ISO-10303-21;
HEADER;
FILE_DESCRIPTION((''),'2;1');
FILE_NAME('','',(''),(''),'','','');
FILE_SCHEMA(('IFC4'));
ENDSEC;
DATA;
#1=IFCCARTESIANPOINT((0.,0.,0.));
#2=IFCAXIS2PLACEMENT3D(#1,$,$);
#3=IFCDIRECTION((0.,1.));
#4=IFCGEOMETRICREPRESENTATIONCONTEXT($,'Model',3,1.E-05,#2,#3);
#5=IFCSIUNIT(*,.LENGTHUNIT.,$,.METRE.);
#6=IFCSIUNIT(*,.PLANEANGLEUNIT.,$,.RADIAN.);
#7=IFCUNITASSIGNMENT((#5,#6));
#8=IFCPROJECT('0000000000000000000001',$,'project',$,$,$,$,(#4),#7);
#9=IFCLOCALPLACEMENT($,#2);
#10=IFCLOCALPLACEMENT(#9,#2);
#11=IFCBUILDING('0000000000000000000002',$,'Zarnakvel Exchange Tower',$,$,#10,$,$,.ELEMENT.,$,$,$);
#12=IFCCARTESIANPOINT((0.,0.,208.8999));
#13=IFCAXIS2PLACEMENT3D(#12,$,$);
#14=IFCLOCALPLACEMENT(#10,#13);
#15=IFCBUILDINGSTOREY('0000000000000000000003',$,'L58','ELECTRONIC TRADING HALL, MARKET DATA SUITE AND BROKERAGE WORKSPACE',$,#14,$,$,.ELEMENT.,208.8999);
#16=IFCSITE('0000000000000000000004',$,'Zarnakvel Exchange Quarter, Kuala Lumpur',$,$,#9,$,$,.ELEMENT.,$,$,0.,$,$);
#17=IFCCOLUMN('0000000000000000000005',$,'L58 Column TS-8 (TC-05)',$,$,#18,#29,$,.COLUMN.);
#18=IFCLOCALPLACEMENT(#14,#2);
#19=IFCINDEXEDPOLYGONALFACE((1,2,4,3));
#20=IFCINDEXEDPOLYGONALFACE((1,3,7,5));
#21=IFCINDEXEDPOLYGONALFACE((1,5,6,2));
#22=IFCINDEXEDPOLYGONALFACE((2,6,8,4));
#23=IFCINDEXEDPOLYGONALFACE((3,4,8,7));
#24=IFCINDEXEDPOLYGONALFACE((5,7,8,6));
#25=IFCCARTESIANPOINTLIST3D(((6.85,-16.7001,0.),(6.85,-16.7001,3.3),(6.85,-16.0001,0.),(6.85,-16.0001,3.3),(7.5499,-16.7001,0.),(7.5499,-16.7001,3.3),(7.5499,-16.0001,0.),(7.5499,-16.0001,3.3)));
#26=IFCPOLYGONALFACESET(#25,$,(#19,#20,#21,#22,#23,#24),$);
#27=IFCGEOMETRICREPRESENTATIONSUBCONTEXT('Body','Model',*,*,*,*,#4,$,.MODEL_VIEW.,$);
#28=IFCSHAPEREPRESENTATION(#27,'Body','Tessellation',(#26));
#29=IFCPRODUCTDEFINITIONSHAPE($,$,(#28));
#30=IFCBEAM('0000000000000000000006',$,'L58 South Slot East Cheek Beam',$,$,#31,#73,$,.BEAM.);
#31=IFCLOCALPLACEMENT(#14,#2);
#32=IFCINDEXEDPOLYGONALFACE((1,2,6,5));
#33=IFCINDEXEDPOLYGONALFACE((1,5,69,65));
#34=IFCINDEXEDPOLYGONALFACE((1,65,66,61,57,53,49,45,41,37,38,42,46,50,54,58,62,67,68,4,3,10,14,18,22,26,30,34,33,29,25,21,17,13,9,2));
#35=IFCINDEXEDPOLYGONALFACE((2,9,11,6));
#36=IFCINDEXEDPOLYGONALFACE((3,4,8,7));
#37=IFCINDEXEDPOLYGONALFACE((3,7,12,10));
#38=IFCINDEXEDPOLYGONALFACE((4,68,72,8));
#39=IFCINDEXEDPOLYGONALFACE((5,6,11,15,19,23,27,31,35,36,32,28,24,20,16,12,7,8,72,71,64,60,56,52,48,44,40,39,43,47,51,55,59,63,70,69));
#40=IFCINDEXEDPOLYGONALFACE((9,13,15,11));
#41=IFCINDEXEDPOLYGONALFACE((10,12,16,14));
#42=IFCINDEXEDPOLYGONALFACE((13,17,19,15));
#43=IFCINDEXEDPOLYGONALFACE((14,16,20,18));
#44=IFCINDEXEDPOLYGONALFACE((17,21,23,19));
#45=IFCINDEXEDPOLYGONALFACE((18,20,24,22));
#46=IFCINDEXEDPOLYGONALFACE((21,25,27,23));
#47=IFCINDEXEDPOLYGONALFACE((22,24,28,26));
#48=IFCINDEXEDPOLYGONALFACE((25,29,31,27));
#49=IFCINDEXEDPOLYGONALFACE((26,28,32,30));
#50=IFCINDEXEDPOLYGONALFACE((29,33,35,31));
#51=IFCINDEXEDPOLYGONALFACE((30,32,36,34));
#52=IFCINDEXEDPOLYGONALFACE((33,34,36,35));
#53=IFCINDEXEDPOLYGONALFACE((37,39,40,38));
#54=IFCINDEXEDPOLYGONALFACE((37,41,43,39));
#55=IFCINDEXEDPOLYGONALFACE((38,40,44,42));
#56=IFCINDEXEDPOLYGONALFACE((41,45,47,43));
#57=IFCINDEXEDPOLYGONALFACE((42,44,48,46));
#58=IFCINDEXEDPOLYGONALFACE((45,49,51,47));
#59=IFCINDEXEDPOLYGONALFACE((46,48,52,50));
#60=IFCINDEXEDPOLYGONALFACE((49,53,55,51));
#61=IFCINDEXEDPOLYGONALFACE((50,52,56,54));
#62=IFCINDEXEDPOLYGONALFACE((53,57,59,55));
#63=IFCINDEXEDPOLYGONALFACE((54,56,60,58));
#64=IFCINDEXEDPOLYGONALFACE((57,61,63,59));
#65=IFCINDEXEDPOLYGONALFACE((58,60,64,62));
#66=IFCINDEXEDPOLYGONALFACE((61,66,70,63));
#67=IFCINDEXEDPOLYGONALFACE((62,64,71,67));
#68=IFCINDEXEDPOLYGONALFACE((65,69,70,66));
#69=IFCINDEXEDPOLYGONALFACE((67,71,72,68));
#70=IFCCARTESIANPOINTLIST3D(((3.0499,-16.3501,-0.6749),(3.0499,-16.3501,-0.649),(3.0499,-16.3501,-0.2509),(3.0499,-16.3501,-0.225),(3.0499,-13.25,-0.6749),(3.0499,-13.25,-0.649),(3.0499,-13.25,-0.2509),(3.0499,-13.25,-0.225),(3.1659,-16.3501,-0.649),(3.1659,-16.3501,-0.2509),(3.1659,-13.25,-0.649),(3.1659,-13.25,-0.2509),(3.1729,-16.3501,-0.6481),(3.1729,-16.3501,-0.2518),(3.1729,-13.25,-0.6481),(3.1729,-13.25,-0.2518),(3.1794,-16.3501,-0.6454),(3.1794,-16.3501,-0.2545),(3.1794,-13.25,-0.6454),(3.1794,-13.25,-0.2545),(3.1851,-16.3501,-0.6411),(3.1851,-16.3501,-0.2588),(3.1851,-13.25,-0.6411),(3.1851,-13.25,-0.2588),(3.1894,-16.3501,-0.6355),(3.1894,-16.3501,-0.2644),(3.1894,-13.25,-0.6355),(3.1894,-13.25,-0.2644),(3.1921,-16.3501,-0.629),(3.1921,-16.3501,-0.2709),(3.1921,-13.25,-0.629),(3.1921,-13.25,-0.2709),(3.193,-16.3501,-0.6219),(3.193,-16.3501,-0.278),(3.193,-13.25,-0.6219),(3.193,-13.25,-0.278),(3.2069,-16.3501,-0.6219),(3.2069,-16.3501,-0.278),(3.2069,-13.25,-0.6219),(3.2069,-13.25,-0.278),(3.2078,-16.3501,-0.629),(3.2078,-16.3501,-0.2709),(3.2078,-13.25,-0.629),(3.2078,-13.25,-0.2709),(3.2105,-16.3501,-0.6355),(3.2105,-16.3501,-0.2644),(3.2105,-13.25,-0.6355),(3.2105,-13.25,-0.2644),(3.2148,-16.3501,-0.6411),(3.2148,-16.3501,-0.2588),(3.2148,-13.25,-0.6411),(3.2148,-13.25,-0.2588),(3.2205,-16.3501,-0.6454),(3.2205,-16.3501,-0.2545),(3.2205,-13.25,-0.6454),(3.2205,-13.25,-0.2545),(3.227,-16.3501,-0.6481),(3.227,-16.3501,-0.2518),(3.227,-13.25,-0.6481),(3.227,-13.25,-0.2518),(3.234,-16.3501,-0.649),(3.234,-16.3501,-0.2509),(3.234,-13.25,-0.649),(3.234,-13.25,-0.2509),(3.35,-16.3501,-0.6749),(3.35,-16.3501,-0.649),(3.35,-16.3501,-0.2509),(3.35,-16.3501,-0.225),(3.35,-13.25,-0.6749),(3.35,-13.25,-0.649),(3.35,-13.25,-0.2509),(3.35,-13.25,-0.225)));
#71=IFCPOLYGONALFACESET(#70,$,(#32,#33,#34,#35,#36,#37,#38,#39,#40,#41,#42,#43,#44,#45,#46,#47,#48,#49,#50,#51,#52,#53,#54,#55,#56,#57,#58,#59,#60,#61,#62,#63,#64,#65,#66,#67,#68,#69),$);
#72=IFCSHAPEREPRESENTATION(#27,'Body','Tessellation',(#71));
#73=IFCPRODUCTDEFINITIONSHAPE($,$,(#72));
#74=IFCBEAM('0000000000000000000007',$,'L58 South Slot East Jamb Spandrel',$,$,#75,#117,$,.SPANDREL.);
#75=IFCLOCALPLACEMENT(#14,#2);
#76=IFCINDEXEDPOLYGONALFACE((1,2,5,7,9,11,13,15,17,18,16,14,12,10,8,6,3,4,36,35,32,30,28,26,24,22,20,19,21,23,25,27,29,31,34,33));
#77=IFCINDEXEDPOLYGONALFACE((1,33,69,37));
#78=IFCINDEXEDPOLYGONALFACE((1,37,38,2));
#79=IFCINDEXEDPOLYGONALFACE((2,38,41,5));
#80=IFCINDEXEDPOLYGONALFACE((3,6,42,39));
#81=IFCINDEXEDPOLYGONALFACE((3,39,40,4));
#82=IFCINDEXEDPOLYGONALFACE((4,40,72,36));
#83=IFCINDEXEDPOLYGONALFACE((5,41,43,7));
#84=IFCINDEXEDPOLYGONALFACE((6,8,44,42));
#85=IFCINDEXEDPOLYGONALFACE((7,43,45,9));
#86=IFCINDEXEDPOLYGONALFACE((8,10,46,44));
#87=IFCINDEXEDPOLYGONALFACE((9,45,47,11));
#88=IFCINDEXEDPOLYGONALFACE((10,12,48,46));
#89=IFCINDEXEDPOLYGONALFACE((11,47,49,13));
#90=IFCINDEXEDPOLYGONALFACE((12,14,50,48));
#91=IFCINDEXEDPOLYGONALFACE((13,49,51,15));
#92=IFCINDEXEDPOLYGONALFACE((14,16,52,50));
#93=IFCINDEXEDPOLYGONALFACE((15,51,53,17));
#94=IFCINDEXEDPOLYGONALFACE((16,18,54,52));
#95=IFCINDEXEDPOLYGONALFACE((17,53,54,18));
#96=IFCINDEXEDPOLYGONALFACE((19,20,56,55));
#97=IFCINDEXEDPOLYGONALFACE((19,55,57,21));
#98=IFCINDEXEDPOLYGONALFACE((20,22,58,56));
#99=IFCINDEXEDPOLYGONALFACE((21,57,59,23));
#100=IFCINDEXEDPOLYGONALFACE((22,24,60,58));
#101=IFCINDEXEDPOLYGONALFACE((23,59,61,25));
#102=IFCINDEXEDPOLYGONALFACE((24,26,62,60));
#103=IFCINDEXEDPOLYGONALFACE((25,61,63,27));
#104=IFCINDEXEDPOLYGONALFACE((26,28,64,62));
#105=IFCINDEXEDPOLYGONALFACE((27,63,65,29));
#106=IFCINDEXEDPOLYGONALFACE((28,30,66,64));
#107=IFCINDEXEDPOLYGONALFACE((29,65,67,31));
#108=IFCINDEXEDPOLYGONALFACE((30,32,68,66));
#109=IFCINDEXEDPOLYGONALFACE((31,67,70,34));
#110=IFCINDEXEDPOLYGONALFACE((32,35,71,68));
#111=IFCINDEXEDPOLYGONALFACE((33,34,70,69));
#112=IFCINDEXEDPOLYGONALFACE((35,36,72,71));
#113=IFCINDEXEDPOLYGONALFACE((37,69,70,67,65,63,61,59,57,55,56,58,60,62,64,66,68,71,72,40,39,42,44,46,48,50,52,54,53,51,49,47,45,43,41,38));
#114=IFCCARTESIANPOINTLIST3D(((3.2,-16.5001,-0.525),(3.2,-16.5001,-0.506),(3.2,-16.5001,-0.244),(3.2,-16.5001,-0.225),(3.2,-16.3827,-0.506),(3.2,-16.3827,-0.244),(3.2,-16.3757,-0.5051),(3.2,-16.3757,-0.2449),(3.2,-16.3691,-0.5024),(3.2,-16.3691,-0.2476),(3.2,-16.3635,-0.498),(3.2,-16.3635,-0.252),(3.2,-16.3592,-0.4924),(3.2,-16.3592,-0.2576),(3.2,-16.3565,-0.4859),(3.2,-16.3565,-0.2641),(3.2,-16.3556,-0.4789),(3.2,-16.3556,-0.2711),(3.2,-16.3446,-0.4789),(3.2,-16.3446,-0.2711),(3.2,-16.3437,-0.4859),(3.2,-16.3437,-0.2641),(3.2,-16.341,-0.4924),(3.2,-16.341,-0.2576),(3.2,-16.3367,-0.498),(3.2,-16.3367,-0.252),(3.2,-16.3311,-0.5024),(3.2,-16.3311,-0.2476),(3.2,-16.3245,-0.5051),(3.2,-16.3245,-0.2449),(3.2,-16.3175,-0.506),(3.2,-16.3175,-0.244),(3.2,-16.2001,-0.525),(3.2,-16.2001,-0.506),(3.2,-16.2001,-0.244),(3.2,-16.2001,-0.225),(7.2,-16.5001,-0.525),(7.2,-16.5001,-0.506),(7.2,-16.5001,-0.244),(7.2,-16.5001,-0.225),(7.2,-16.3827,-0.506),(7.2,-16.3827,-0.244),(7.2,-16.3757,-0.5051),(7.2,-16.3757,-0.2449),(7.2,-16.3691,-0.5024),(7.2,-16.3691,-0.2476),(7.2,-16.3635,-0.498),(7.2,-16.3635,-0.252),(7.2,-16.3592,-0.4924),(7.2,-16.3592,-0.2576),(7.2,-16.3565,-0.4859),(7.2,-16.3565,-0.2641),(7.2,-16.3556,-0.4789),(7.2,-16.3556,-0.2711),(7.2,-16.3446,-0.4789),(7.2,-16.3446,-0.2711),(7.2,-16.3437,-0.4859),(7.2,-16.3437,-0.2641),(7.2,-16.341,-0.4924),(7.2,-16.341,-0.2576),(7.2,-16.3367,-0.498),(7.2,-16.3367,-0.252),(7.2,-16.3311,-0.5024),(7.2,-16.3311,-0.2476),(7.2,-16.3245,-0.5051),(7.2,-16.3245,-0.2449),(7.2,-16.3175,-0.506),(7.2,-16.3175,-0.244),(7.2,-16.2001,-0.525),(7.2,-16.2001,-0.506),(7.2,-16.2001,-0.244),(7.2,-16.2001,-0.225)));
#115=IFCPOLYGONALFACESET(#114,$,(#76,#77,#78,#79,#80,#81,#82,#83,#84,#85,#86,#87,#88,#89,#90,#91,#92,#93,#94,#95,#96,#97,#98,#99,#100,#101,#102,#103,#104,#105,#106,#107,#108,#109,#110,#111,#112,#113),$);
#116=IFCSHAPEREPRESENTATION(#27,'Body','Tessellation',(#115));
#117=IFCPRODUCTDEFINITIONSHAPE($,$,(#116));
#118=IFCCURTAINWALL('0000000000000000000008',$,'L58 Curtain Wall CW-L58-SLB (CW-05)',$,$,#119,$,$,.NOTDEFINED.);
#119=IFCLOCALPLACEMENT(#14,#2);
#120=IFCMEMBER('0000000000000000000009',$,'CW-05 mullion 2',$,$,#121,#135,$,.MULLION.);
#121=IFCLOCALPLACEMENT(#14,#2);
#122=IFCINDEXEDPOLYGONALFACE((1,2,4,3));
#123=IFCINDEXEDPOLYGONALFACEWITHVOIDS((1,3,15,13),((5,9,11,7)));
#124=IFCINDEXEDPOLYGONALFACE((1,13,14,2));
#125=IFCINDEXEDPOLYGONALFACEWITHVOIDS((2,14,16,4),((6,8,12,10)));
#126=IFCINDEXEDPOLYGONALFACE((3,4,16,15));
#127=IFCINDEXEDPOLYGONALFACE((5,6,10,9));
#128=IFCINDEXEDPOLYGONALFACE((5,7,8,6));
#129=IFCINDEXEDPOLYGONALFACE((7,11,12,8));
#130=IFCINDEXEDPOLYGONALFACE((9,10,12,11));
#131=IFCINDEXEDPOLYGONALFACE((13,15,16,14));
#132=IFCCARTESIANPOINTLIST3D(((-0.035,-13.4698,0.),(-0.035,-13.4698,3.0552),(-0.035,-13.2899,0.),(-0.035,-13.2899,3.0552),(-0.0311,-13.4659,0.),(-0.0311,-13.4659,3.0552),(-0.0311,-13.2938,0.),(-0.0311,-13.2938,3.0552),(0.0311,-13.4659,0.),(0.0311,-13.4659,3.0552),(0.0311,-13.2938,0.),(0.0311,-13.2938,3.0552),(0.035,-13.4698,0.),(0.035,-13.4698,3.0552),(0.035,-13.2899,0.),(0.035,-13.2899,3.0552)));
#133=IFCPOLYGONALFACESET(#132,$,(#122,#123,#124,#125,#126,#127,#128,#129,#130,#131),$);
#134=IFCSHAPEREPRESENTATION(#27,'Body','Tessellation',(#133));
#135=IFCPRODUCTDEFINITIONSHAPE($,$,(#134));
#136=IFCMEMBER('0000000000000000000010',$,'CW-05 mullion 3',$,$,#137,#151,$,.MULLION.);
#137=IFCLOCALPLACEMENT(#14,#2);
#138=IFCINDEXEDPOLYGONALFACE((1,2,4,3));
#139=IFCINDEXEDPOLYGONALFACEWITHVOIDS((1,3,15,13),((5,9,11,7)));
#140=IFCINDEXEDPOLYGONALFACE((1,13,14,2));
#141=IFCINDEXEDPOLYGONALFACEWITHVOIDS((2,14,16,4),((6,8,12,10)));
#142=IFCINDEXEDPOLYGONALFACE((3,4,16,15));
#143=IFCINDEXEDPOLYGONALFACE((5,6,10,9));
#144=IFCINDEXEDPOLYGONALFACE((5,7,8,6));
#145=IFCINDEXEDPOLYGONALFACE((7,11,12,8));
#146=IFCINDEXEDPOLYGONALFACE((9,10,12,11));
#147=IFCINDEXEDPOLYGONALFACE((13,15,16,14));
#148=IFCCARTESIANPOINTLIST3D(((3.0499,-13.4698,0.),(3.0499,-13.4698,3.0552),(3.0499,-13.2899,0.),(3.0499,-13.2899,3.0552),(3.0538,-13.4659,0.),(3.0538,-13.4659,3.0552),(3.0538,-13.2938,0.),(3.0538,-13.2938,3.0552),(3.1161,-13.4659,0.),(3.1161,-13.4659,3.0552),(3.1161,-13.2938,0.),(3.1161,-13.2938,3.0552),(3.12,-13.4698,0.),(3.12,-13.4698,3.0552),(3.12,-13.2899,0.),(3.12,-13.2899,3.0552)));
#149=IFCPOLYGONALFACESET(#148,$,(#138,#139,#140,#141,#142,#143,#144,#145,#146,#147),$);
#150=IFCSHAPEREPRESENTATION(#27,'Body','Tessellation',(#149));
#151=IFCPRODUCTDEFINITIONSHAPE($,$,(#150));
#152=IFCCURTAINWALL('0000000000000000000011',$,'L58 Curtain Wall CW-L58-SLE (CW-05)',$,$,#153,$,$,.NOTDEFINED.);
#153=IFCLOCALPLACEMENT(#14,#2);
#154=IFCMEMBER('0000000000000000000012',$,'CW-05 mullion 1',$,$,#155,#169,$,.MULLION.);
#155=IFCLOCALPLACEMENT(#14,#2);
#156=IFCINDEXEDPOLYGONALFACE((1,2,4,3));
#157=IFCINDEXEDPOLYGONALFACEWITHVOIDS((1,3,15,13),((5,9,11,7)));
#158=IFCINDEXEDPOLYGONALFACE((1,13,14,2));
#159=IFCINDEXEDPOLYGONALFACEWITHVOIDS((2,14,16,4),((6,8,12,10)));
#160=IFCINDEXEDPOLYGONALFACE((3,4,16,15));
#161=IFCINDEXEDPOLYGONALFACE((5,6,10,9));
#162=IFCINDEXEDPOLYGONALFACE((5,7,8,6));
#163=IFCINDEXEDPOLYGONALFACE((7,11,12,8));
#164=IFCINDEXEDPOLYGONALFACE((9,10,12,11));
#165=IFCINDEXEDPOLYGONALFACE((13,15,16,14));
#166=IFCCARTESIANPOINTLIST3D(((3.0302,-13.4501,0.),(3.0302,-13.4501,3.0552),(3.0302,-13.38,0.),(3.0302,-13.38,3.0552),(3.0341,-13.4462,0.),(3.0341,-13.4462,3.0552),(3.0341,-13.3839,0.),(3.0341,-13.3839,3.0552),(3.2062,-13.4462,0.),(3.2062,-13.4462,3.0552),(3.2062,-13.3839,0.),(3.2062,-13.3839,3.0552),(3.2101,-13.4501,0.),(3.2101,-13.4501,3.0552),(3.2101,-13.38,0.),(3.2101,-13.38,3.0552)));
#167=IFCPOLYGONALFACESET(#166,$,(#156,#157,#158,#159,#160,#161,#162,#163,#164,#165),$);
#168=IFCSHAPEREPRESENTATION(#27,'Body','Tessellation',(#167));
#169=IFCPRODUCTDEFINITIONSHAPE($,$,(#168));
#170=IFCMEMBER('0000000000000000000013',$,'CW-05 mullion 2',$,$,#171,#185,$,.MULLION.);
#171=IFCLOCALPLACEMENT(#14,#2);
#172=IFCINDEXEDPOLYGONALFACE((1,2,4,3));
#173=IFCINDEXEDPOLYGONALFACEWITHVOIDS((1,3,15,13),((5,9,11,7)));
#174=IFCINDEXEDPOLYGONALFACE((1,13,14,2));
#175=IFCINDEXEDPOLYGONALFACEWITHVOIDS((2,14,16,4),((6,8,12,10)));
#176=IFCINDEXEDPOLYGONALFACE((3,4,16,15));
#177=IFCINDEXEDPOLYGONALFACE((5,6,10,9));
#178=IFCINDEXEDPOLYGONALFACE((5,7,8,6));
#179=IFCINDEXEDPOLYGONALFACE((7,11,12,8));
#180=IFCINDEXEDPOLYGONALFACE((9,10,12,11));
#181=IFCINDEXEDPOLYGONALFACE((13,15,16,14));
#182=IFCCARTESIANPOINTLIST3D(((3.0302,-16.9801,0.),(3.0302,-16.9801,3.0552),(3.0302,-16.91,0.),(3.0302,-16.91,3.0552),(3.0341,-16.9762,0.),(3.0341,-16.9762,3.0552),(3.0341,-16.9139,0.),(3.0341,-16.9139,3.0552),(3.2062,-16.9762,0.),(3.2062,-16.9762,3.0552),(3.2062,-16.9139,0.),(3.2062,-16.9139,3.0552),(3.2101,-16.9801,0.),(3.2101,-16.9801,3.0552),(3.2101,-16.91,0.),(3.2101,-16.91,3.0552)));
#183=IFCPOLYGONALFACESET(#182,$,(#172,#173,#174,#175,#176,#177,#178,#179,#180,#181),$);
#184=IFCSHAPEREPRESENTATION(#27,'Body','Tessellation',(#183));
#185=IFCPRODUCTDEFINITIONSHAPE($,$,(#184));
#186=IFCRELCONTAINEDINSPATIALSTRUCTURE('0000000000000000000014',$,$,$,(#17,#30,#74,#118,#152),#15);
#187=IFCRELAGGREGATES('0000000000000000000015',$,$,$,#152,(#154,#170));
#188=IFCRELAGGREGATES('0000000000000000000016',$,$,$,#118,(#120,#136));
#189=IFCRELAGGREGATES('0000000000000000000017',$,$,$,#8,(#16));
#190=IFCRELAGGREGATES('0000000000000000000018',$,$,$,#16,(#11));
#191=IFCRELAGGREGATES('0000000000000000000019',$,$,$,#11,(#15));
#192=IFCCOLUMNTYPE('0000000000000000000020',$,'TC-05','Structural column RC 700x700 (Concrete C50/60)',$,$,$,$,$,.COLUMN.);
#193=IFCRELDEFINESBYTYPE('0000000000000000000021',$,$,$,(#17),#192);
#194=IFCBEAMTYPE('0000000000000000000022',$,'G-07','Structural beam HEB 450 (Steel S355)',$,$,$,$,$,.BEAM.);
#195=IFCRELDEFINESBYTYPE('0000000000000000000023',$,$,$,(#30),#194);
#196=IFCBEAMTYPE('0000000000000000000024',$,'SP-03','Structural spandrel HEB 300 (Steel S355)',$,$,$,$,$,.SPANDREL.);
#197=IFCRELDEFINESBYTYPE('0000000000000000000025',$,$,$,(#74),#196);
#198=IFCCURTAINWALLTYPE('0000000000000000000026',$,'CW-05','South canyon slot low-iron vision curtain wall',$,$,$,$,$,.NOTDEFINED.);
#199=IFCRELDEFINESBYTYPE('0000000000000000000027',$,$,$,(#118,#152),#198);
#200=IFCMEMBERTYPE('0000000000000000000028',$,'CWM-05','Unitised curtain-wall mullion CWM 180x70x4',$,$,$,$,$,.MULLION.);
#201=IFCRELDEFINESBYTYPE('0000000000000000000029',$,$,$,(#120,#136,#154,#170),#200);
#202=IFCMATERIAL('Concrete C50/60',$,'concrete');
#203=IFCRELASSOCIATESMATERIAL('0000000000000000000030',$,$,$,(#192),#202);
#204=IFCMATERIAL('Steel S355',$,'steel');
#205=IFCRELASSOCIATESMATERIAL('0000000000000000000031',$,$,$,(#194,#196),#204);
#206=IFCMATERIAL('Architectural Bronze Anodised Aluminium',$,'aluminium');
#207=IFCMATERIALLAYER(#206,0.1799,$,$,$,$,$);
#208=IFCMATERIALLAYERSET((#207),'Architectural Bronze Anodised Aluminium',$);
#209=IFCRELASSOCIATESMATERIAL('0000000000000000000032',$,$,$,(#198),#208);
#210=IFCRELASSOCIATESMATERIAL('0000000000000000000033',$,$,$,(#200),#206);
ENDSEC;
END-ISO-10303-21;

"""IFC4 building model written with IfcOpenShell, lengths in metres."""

from ifc_helpers import new_model, si_unit, direction, frame, origin, origin_2d, place, context, subcontext, project, spatial, rectangle, hollow_rectangle, i_section, extrude, source, transform, mapped, material, layer, layer_set, material_profile, profile_set, type_object, element, aggregate, save


model = new_model("IFC4")

# Units and contexts
model_context = context("Model", 3, precision=1e-05, world=origin(), true_north=direction((0.0, 1.0)))
body_context = subcontext(model_context, "Body", "Model", "MODEL_VIEW")
ifc_project = project(units=[si_unit("LENGTHUNIT", "METRE"), si_unit("PLANEANGLEUNIT", "RADIAN")], contexts=[model_context])

# Site, building, storey
site_placement = place(None, origin())
site = spatial("IfcSite", under=ifc_project, at=site_placement, Name="Zarnakvel Exchange Quarter, Kuala Lumpur", CompositionType="ELEMENT", RefElevation=0.0)
building_placement = place(site_placement, origin())
building = spatial("IfcBuilding", under=site, at=building_placement, Name="Zarnakvel Exchange Tower", CompositionType="ELEMENT")
storey_placement = place(building_placement, frame((0.0, 0.0, 208.8999)))
storey = spatial("IfcBuildingStorey", under=building, at=storey_placement, Name="L58", Description="ELECTRONIC TRADING HALL, MARKET DATA SUITE AND BROKERAGE WORKSPACE", CompositionType="ELEMENT", Elevation=208.8999)

# Column
ifc_material_1 = material(Name="Concrete C50/60", Category="concrete")
ifc_material_profile_1 = material_profile(ifc_material_1, rectangle(XDim=0.7, YDim=0.7, at=origin_2d()))
ifc_profile_set_1 = profile_set([ifc_material_profile_1], Name="Concrete C50/60")
column_type = type_object("IfcColumnType", Name="TC-05", Description="Structural column RC 700x700 (Concrete C50/60)", PredefinedType="COLUMN", material=ifc_profile_set_1)
column_placement = place(storey_placement, frame((7.2, -16.3501, 0.0), z_axis=(0.0, 0.0, 1.0), x_axis=(1.0, 0.0, 0.0)))
element("IfcColumn", 1, at=column_placement, inside=storey, type_object=column_type, Name="L58 Column TS-8 (TC-05)", PredefinedType="COLUMN", context=body_context, shape_type="SweptSolid", body=[
    extrude(rectangle(XDim=0.7, YDim=0.7, at=origin_2d()), origin(), (0.0, 0.0, 1.0), 3.3),
])

# Beams
ifc_material_2 = material(Name="Steel S355", Category="steel")
ifc_material_profile_2 = material_profile(ifc_material_2, i_section(OverallWidth=0.3, OverallDepth=0.45, WebThickness=0.0139, FlangeThickness=0.0259, FilletRadius=0.0271, at=origin_2d()))
ifc_profile_set_2 = profile_set([ifc_material_profile_2], Name="Steel S355")
beam_type_1 = type_object("IfcBeamType", Name="G-07", Description="Structural beam HEB 450 (Steel S355)", PredefinedType="BEAM", material=ifc_profile_set_2)
beam_1_placement = place(storey_placement, frame((3.2, -16.3501, -0.45), z_axis=(0.0, 1.0, 0.0), x_axis=(-1.0, 0.0, 0.0)))
element("IfcBeam", 2, at=beam_1_placement, inside=storey, type_object=beam_type_1, Name="L58 South Slot East Cheek Beam", PredefinedType="BEAM", context=body_context, shape_type="SweptSolid", body=[
    extrude(i_section(OverallWidth=0.3, OverallDepth=0.45, WebThickness=0.0139, FlangeThickness=0.0259, FilletRadius=0.0271, at=origin_2d()), origin(), (0.0, 0.0, 1.0), 3.1001),
])
ifc_material_profile_3 = material_profile(ifc_material_2, i_section(OverallWidth=0.3, OverallDepth=0.3, WebThickness=0.011, FlangeThickness=0.019, FilletRadius=0.0271, at=origin_2d()))
ifc_profile_set_3 = profile_set([ifc_material_profile_3], Name="Steel S355")
beam_type_2 = type_object("IfcBeamType", Name="SP-03", Description="Structural spandrel HEB 300 (Steel S355)", PredefinedType="SPANDREL", material=ifc_profile_set_3)
beam_2_placement = place(storey_placement, frame((3.2, -16.3501, -0.375), z_axis=(1.0, 0.0, 0.0), x_axis=(0.0, 1.0, 0.0)))
element("IfcBeam", 3, at=beam_2_placement, inside=storey, type_object=beam_type_2, Name="L58 South Slot East Jamb Spandrel", PredefinedType="SPANDREL", context=body_context, shape_type="SweptSolid", body=[
    extrude(i_section(OverallWidth=0.3, OverallDepth=0.3, WebThickness=0.011, FlangeThickness=0.019, FilletRadius=0.0271, at=origin_2d()), origin(), (0.0, 0.0, 1.0), 4.0),
])

# Curtain walls, members
ifc_material_3 = material(Name="Architectural Bronze Anodised Aluminium", Category="aluminium")
ifc_layer_1 = layer(ifc_material_3, 0.1799)
ifc_layer_set_1 = layer_set([ifc_layer_1], Name="Architectural Bronze Anodised Aluminium")
curtain_wall_type = type_object("IfcCurtainWallType", Name="CW-05", Description="South canyon slot low-iron vision curtain wall", PredefinedType="NOTDEFINED", material=ifc_layer_set_1)
curtain_wall_1_placement = place(storey_placement, origin())
curtain_wall_1 = element("IfcCurtainWall", 4, at=curtain_wall_1_placement, inside=storey, type_object=curtain_wall_type, Name="L58 Curtain Wall CW-L58-SLB (CW-05)", PredefinedType="NOTDEFINED")
ifc_material_profile_4 = material_profile(ifc_material_3, hollow_rectangle(XDim=0.1799, YDim=0.0701, WallThickness=0.0039, at=origin_2d()))
ifc_profile_set_4 = profile_set([ifc_material_profile_4], Name="Architectural Bronze Anodised Aluminium")
member_type_1 = type_object("IfcMemberType", Name="CWM-05", Description="Unitised curtain-wall mullion CWM 180x70x4", PredefinedType="MULLION", material=ifc_profile_set_4)
shared_shape_1 = source(origin(), body_context, "Body", "SweptSolid", [
    extrude(hollow_rectangle(XDim=0.1799, YDim=0.0701, WallThickness=0.0039, at=origin_2d()), origin(), (0.0, 0.0, 1.0), 3.0552),
])
member_1_placement = place(storey_placement, frame((0.0, -13.3799, 0.0), z_axis=(0.0, 0.0, 1.0), x_axis=(0.0, 1.0, 0.0)))
member_1 = element("IfcMember", 5, at=member_1_placement, type_object=member_type_1, Name="CW-05 mullion 2", PredefinedType="MULLION", context=body_context, shape_type="MappedRepresentation", body=[
    mapped(shared_shape_1, transform((0.0, 0.0, 0.0), x_axis=(1.0, 0.0, 0.0), y_axis=(0.0, 1.0, 0.0), z_axis=(0.0, 0.0, 1.0), scale=1.0)),
])
member_2_placement = place(storey_placement, frame((3.085, -13.3799, 0.0), z_axis=(0.0, 0.0, 1.0), x_axis=(0.0, 1.0, 0.0)))
member_2 = element("IfcMember", 6, at=member_2_placement, type_object=member_type_1, Name="CW-05 mullion 3", PredefinedType="MULLION", context=body_context, shape_type="MappedRepresentation", body=[
    mapped(shared_shape_1, transform((0.0, 0.0, 0.0), x_axis=(1.0, 0.0, 0.0), y_axis=(0.0, 1.0, 0.0), z_axis=(0.0, 0.0, 1.0), scale=1.0)),
])
curtain_wall_2_placement = place(storey_placement, origin())
curtain_wall_2 = element("IfcCurtainWall", 7, at=curtain_wall_2_placement, inside=storey, type_object=curtain_wall_type, Name="L58 Curtain Wall CW-L58-SLE (CW-05)", PredefinedType="NOTDEFINED")
member_3_placement = place(storey_placement, frame((3.1201, -13.415, 0.0), z_axis=(0.0, 0.0, 1.0), x_axis=(1.0, 0.0, 0.0)))
member_3 = element("IfcMember", 8, at=member_3_placement, type_object=member_type_1, Name="CW-05 mullion 1", PredefinedType="MULLION", context=body_context, shape_type="MappedRepresentation", body=[
    mapped(shared_shape_1, transform((0.0, 0.0, 0.0), x_axis=(1.0, 0.0, 0.0), y_axis=(0.0, 1.0, 0.0), z_axis=(0.0, 0.0, 1.0), scale=1.0)),
])
member_4_placement = place(storey_placement, frame((3.1201, -16.9451, 0.0), z_axis=(0.0, 0.0, 1.0), x_axis=(1.0, 0.0, 0.0)))
member_4 = element("IfcMember", 9, at=member_4_placement, type_object=member_type_1, Name="CW-05 mullion 2", PredefinedType="MULLION", context=body_context, shape_type="MappedRepresentation", body=[
    mapped(shared_shape_1, transform((0.0, 0.0, 0.0), x_axis=(1.0, 0.0, 0.0), y_axis=(0.0, 1.0, 0.0), z_axis=(0.0, 0.0, 1.0), scale=1.0)),
])

aggregate(curtain_wall_2, [member_3, member_4])
aggregate(curtain_wall_1, [member_1, member_2])

save(model, "model.ifc")
